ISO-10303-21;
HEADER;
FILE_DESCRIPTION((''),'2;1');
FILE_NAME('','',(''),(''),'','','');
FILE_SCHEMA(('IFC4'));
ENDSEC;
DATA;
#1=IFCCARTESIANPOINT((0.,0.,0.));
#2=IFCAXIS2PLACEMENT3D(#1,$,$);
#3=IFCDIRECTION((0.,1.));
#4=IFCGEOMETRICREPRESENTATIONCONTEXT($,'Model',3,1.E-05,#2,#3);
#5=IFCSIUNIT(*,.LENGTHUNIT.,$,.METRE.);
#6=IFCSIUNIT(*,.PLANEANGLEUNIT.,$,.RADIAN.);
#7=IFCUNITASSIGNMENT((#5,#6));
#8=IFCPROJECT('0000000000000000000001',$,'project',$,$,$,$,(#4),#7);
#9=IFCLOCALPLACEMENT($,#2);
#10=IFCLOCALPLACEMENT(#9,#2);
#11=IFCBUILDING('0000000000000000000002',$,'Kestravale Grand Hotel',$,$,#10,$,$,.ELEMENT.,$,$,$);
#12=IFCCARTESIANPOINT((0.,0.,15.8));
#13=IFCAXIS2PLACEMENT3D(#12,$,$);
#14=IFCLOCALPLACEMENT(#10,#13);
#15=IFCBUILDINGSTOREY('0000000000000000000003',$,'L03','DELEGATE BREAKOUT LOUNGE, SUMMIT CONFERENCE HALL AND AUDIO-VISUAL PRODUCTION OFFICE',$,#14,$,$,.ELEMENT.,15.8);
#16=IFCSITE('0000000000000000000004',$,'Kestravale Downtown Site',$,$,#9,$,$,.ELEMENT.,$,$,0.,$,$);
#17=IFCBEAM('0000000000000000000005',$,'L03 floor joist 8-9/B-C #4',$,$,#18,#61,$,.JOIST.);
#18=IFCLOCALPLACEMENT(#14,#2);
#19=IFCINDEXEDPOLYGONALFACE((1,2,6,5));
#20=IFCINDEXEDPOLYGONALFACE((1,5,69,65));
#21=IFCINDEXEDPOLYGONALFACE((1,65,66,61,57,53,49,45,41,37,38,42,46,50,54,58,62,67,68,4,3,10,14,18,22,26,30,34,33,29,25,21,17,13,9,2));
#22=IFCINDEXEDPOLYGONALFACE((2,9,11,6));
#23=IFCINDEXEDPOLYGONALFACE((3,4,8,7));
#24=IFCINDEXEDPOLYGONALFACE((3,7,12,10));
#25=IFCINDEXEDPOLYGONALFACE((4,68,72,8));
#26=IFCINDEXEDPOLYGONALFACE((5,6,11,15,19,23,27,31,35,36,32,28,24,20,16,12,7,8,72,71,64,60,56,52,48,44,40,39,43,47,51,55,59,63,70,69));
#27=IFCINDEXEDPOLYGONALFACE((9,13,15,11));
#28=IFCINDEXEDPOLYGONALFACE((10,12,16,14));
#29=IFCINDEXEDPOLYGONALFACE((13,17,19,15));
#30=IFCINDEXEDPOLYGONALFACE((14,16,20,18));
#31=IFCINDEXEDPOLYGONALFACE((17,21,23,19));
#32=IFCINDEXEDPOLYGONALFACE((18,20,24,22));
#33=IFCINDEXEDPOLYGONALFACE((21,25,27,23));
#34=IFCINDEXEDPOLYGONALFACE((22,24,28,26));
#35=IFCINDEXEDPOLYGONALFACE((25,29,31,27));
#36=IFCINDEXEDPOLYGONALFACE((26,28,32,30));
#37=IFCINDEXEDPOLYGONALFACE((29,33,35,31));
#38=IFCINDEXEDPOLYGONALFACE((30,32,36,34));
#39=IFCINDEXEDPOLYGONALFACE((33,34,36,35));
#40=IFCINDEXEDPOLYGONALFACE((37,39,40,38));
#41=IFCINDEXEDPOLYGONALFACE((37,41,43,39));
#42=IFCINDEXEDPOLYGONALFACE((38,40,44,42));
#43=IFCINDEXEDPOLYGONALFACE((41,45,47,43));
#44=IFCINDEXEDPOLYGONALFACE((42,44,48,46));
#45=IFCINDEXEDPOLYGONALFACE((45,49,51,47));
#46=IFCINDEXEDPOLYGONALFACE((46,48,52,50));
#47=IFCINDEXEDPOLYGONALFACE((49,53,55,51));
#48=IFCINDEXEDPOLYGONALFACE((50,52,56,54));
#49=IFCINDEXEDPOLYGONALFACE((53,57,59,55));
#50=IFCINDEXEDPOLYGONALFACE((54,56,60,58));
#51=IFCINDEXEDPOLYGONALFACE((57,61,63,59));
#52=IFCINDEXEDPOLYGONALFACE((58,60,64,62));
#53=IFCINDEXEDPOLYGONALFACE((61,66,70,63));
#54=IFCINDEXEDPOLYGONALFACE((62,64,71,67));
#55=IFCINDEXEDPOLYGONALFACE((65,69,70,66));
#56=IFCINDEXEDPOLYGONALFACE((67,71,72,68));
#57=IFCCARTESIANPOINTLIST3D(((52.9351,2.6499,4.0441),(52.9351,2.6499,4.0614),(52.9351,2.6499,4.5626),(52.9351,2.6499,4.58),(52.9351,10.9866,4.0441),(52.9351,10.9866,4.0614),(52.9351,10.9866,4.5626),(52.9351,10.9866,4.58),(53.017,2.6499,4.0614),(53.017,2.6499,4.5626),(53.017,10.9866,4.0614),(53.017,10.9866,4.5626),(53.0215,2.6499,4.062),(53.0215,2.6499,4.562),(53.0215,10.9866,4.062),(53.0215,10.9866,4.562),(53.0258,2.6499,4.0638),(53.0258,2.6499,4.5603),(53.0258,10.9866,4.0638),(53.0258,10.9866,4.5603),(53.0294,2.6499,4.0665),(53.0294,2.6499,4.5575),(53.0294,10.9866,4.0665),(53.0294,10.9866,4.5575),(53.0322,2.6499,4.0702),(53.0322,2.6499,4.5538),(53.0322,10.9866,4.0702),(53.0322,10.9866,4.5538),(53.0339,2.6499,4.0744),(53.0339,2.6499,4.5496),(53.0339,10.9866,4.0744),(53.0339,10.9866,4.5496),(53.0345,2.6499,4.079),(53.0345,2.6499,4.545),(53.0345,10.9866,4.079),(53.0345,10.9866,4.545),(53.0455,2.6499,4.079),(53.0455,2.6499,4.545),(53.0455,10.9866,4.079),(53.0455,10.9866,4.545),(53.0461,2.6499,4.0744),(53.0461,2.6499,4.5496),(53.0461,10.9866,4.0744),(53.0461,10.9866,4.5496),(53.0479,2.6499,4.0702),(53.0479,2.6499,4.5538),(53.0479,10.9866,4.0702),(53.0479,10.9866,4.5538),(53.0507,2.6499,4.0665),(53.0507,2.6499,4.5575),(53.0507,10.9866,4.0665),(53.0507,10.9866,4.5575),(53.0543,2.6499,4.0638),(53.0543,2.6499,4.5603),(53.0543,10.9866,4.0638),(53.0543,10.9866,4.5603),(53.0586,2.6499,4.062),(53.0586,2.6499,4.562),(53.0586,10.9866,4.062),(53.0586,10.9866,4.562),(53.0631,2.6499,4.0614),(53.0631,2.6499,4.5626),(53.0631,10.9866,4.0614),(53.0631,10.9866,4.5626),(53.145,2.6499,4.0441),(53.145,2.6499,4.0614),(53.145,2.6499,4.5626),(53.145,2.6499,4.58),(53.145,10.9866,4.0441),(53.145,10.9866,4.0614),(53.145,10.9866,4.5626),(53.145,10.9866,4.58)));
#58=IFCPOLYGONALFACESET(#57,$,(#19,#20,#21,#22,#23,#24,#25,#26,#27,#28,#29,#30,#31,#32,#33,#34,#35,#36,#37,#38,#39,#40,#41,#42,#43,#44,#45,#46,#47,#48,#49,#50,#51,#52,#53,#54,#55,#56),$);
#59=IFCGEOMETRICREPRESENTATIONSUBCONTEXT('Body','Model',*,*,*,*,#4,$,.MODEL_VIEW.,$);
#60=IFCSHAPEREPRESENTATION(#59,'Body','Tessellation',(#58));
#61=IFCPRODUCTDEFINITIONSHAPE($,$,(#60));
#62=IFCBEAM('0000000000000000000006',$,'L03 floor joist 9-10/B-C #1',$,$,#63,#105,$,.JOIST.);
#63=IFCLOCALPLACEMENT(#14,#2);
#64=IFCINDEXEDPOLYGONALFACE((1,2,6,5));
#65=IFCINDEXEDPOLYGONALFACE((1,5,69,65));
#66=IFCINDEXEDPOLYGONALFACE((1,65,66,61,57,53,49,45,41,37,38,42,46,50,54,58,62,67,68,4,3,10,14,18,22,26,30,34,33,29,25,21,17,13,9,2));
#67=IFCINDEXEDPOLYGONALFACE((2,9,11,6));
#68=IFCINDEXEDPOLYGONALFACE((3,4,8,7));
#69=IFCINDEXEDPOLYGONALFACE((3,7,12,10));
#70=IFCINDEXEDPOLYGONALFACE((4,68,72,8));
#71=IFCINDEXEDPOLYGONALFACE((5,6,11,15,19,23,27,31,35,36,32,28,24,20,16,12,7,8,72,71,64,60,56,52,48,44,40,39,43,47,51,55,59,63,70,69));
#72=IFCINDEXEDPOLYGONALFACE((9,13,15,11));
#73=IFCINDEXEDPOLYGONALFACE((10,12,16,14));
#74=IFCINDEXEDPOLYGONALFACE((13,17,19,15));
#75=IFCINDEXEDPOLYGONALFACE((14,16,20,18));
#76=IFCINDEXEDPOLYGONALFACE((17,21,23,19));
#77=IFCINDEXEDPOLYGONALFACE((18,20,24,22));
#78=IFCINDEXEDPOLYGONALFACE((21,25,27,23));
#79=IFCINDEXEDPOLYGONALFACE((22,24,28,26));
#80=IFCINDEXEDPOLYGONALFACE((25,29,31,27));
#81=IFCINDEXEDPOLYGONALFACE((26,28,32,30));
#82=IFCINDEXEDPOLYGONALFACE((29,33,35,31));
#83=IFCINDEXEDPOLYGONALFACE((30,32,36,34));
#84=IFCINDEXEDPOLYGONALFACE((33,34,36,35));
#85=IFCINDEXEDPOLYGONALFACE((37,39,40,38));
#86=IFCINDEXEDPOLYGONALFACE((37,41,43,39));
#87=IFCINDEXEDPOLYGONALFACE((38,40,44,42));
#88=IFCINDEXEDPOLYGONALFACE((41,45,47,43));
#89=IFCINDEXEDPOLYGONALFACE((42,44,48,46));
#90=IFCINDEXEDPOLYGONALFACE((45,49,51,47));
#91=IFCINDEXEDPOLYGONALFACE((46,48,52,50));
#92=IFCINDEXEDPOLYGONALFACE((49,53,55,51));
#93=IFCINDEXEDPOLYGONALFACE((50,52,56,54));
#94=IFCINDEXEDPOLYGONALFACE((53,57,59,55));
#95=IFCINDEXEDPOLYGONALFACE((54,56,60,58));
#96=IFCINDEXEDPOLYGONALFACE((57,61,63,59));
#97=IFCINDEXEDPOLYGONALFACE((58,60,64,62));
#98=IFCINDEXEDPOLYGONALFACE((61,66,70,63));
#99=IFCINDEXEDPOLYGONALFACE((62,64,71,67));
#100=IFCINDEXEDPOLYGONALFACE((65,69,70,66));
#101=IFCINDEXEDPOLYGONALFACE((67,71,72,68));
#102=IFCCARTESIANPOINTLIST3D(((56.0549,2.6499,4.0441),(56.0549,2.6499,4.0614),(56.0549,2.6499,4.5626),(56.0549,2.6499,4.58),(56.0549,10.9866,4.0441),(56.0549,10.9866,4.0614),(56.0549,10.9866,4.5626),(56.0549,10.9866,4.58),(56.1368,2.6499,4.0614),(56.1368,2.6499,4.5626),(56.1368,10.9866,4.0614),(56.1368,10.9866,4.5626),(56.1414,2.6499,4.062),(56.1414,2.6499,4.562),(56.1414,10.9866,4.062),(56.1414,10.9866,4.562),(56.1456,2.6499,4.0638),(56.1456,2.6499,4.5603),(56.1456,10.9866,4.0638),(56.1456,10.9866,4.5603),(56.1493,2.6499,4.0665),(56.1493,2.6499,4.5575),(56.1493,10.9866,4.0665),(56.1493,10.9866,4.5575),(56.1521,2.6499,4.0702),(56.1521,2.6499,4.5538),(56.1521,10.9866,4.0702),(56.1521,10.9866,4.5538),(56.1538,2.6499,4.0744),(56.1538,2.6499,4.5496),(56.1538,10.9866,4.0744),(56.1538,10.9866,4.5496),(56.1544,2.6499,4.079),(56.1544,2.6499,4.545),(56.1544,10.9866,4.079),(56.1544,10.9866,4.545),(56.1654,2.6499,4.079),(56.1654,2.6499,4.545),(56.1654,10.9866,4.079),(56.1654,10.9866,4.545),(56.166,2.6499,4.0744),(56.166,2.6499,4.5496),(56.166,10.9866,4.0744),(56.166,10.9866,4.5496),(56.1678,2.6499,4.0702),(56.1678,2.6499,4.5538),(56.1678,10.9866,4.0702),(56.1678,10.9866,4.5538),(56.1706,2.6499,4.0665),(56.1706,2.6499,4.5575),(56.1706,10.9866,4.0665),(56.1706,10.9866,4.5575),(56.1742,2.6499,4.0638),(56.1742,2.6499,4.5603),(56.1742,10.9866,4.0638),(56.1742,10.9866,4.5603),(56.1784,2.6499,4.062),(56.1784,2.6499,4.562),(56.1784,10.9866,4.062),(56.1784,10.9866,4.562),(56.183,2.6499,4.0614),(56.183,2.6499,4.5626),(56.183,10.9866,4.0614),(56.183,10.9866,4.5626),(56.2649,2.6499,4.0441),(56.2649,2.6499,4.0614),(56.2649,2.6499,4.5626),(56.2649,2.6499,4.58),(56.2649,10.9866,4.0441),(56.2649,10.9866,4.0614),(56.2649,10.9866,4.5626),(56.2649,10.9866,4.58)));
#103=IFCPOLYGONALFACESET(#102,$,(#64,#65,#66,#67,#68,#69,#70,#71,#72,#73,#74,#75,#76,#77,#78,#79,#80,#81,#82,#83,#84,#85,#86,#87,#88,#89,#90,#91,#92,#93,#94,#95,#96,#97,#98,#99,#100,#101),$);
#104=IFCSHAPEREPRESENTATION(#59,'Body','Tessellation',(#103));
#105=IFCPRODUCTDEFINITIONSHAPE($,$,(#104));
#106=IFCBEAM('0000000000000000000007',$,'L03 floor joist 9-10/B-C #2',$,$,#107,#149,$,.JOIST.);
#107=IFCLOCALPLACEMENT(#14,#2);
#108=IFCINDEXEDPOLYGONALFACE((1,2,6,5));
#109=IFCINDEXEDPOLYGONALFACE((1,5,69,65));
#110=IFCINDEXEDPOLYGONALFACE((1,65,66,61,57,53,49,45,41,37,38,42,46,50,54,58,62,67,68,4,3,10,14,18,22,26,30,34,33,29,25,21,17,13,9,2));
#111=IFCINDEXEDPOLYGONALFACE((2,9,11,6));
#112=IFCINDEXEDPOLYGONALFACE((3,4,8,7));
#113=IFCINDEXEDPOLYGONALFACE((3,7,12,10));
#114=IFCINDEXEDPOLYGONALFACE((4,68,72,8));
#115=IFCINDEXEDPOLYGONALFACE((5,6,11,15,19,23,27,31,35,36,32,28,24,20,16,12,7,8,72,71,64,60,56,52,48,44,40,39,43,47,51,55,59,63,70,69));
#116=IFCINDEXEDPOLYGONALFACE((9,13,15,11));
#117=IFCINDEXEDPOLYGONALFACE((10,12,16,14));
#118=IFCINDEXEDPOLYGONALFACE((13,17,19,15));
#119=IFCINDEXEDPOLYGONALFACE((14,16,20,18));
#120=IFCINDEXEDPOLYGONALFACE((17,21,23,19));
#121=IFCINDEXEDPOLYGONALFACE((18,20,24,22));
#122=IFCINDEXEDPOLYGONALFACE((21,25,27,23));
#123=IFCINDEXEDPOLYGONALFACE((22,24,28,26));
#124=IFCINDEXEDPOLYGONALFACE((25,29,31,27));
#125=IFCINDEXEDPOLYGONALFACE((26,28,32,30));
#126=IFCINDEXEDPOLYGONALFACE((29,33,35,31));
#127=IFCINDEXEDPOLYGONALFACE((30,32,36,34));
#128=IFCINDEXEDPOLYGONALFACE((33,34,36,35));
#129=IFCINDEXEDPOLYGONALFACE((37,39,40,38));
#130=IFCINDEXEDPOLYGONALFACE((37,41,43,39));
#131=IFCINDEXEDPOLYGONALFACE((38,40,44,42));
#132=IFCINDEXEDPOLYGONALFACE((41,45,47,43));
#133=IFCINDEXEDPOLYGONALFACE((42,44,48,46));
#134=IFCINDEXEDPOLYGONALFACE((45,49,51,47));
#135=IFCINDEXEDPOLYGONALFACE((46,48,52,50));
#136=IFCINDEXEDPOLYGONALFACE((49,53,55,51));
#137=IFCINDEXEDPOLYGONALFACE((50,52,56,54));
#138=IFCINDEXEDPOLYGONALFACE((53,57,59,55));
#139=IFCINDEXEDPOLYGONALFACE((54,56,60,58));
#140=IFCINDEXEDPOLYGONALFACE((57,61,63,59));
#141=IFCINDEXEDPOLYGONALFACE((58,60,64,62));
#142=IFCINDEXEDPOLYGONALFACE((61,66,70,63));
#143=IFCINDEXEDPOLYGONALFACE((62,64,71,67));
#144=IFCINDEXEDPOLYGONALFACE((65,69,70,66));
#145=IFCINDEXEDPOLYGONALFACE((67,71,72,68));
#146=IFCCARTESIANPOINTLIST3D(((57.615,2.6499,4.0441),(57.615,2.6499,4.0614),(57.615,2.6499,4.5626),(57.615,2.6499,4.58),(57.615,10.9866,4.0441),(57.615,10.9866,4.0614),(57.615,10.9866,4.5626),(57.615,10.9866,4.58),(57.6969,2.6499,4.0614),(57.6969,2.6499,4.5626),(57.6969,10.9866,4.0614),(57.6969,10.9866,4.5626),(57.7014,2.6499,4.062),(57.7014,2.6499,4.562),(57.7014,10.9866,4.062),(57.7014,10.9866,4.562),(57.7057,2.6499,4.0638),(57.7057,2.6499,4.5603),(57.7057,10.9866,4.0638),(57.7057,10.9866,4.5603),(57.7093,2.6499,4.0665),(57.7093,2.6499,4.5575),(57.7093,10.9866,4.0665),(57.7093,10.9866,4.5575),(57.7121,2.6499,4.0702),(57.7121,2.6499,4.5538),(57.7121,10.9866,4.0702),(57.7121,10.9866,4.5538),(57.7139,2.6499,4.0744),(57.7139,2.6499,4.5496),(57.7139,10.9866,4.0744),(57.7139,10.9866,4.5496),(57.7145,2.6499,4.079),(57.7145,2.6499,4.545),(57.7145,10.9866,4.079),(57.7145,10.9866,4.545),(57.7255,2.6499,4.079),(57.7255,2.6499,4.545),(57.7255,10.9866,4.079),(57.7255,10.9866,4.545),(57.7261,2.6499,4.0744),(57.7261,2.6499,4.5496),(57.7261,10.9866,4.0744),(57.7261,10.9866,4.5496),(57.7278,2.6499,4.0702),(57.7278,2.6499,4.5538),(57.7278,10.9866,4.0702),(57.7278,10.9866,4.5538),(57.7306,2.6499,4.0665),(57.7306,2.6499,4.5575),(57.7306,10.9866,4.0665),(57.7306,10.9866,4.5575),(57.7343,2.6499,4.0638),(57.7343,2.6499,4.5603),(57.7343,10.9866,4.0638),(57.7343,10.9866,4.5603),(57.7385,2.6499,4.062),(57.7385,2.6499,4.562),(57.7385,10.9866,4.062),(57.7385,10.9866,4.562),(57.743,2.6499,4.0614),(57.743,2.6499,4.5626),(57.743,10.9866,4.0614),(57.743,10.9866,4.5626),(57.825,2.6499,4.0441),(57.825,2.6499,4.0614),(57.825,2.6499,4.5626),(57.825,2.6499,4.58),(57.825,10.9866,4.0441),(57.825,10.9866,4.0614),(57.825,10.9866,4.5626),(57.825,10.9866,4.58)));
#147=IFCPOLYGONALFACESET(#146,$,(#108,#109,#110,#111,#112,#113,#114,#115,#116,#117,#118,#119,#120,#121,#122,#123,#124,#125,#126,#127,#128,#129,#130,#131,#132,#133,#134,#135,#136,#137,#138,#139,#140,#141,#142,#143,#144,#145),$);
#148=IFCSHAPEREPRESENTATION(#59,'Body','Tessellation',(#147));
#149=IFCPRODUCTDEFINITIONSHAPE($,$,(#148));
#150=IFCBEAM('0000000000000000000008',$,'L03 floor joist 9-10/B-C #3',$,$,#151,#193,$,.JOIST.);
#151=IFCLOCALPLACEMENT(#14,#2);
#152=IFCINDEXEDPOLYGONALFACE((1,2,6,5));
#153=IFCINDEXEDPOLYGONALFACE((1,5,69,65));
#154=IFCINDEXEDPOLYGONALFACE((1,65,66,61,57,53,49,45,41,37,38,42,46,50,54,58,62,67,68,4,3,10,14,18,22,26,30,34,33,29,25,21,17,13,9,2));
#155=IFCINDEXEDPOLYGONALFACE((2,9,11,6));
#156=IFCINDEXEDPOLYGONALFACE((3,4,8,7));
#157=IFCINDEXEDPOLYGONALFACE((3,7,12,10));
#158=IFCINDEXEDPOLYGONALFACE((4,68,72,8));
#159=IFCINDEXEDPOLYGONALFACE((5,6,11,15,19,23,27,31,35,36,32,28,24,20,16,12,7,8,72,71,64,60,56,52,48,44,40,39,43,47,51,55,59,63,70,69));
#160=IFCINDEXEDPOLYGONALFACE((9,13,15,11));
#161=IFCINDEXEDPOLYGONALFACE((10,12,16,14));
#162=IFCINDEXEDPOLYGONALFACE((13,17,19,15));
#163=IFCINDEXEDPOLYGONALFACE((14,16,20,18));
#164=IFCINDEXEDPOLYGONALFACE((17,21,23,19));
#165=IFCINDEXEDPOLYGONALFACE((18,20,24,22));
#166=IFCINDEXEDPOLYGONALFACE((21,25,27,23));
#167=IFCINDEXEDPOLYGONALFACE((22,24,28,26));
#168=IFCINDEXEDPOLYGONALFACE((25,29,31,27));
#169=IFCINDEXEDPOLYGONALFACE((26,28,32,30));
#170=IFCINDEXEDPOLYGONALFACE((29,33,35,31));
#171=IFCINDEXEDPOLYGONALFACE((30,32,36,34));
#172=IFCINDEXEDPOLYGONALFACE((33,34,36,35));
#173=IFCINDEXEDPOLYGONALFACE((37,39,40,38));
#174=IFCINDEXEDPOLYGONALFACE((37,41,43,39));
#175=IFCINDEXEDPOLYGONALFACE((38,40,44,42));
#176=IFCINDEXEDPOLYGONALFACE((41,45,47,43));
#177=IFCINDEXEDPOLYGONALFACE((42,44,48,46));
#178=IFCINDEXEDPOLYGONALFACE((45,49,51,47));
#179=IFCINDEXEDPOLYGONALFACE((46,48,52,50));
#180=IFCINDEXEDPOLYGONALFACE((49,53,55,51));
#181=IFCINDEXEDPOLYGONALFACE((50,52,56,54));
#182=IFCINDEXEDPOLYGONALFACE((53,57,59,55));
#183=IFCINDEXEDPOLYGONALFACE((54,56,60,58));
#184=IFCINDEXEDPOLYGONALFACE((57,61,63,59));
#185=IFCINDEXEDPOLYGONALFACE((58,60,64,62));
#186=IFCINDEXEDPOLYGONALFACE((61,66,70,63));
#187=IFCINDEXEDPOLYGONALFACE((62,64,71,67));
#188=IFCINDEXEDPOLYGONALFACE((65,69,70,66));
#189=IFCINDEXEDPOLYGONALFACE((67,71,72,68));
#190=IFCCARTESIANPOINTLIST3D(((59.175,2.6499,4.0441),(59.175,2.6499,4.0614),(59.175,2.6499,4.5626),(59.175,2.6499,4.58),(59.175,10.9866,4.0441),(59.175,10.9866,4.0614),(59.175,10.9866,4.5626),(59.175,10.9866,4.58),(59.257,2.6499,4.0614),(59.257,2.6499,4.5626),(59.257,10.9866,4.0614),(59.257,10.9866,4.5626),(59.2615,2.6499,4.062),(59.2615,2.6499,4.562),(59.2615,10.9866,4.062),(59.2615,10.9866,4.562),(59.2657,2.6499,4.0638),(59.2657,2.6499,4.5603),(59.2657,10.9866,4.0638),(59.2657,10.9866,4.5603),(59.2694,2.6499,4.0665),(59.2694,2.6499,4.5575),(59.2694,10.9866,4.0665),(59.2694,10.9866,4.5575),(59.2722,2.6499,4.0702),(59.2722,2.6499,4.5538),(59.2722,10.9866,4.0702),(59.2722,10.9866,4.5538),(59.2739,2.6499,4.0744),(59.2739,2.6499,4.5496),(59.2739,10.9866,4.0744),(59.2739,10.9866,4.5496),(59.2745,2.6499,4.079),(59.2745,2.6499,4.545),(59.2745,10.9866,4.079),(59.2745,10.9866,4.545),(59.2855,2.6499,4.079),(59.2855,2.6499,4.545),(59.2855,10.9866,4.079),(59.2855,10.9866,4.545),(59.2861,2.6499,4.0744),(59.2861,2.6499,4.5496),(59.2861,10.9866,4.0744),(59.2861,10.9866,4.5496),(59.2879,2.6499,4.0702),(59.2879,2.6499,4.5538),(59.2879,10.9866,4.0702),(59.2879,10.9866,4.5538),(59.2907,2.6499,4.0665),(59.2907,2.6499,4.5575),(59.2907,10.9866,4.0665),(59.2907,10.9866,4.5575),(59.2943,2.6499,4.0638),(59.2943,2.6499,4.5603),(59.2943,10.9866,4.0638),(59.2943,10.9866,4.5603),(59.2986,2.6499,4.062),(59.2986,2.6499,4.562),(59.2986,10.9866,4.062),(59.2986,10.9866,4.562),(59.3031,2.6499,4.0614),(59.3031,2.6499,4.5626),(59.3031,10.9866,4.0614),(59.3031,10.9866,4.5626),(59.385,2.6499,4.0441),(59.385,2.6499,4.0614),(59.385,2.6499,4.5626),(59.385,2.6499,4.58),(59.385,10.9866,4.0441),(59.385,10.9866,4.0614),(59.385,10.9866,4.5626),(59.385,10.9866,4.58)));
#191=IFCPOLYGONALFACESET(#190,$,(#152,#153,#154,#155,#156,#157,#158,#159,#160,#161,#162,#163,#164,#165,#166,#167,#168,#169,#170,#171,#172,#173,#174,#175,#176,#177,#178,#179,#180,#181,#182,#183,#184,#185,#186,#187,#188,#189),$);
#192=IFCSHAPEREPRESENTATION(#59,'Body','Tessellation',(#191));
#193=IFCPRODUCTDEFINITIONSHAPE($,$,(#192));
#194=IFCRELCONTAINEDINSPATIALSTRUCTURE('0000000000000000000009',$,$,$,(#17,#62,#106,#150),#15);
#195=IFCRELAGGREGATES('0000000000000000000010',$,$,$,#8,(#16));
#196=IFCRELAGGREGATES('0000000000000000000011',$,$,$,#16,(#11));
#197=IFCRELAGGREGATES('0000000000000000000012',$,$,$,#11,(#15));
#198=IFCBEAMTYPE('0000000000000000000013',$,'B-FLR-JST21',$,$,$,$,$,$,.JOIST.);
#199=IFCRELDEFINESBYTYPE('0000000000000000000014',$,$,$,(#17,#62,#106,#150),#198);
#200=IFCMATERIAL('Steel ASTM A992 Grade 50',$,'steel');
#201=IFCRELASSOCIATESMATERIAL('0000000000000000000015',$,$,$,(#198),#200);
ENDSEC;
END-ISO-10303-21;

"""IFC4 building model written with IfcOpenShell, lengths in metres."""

from ifc_helpers import new_model, si_unit, direction, frame, origin, origin_2d, place, context, subcontext, project, spatial, i_section, extrude, material, material_profile, profile_set, type_object, element, save


model = new_model("IFC4")

# Units and contexts
model_context = context("Model", 3, precision=1e-05, world=origin(), true_north=direction((0.0, 1.0)))
body_context = subcontext(model_context, "Body", "Model", "MODEL_VIEW")
ifc_project = project(units=[si_unit("LENGTHUNIT", "METRE"), si_unit("PLANEANGLEUNIT", "RADIAN")], contexts=[model_context])

# Site, building, storey
site_placement = place(None, origin())
site = spatial("IfcSite", under=ifc_project, at=site_placement, Name="Kestravale Downtown Site", CompositionType="ELEMENT", RefElevation=0.0)
building_placement = place(site_placement, origin())
building = spatial("IfcBuilding", under=site, at=building_placement, Name="Kestravale Grand Hotel", CompositionType="ELEMENT")
storey_placement = place(building_placement, frame((0.0, 0.0, 15.8)))
storey = spatial("IfcBuildingStorey", under=building, at=storey_placement, Name="L03", Description="DELEGATE BREAKOUT LOUNGE, SUMMIT CONFERENCE HALL AND AUDIO-VISUAL PRODUCTION OFFICE", CompositionType="ELEMENT", Elevation=15.8)

# Beams
ifc_material_1 = material(Name="Steel ASTM A992 Grade 50", Category="steel")
ifc_material_profile_1 = material_profile(ifc_material_1, i_section(OverallWidth=0.21, OverallDepth=0.5359, WebThickness=0.011, FlangeThickness=0.0173, FilletRadius=0.0176, at=origin_2d()))
ifc_profile_set_1 = profile_set([ifc_material_profile_1], Name="Steel ASTM A992 Grade 50")
beam_type_1 = type_object("IfcBeamType", Name="B-FLR-JST21", PredefinedType="JOIST", material=ifc_profile_set_1)
for number, where, z_axis, x_axis, name in (
    (1, (53.04, 2.6499, 4.312), (0.0, 1.0, 0.0), (-1.0, 0.0, 0.0), "L03 floor joist 8-9/B-C #4"),
    (2, (56.1599, 2.6499, 4.312), (0.0, 1.0, 0.0), (-1.0, 0.0, 0.0), "L03 floor joist 9-10/B-C #1"),
    (3, (57.72, 2.6499, 4.312), (0.0, 1.0, 0.0), (-1.0, 0.0, 0.0), "L03 floor joist 9-10/B-C #2"),
    (4, (59.28, 2.6499, 4.312), (0.0, 1.0, 0.0), (-1.0, 0.0, 0.0), "L03 floor joist 9-10/B-C #3"),
):
    element("IfcBeam", number, at=place(storey_placement, frame(where, z_axis=z_axis, x_axis=x_axis)), inside=storey, type_object=beam_type_1, Name=name, PredefinedType="JOIST", context=body_context, shape_type="SweptSolid", body=[
        extrude(i_section(OverallWidth=0.21, OverallDepth=0.5359, WebThickness=0.011, FlangeThickness=0.0173, FilletRadius=0.0176, at=origin_2d()), origin(), (0.0, 0.0, 1.0), 8.3367),
    ])

save(model, "model.ifc")
